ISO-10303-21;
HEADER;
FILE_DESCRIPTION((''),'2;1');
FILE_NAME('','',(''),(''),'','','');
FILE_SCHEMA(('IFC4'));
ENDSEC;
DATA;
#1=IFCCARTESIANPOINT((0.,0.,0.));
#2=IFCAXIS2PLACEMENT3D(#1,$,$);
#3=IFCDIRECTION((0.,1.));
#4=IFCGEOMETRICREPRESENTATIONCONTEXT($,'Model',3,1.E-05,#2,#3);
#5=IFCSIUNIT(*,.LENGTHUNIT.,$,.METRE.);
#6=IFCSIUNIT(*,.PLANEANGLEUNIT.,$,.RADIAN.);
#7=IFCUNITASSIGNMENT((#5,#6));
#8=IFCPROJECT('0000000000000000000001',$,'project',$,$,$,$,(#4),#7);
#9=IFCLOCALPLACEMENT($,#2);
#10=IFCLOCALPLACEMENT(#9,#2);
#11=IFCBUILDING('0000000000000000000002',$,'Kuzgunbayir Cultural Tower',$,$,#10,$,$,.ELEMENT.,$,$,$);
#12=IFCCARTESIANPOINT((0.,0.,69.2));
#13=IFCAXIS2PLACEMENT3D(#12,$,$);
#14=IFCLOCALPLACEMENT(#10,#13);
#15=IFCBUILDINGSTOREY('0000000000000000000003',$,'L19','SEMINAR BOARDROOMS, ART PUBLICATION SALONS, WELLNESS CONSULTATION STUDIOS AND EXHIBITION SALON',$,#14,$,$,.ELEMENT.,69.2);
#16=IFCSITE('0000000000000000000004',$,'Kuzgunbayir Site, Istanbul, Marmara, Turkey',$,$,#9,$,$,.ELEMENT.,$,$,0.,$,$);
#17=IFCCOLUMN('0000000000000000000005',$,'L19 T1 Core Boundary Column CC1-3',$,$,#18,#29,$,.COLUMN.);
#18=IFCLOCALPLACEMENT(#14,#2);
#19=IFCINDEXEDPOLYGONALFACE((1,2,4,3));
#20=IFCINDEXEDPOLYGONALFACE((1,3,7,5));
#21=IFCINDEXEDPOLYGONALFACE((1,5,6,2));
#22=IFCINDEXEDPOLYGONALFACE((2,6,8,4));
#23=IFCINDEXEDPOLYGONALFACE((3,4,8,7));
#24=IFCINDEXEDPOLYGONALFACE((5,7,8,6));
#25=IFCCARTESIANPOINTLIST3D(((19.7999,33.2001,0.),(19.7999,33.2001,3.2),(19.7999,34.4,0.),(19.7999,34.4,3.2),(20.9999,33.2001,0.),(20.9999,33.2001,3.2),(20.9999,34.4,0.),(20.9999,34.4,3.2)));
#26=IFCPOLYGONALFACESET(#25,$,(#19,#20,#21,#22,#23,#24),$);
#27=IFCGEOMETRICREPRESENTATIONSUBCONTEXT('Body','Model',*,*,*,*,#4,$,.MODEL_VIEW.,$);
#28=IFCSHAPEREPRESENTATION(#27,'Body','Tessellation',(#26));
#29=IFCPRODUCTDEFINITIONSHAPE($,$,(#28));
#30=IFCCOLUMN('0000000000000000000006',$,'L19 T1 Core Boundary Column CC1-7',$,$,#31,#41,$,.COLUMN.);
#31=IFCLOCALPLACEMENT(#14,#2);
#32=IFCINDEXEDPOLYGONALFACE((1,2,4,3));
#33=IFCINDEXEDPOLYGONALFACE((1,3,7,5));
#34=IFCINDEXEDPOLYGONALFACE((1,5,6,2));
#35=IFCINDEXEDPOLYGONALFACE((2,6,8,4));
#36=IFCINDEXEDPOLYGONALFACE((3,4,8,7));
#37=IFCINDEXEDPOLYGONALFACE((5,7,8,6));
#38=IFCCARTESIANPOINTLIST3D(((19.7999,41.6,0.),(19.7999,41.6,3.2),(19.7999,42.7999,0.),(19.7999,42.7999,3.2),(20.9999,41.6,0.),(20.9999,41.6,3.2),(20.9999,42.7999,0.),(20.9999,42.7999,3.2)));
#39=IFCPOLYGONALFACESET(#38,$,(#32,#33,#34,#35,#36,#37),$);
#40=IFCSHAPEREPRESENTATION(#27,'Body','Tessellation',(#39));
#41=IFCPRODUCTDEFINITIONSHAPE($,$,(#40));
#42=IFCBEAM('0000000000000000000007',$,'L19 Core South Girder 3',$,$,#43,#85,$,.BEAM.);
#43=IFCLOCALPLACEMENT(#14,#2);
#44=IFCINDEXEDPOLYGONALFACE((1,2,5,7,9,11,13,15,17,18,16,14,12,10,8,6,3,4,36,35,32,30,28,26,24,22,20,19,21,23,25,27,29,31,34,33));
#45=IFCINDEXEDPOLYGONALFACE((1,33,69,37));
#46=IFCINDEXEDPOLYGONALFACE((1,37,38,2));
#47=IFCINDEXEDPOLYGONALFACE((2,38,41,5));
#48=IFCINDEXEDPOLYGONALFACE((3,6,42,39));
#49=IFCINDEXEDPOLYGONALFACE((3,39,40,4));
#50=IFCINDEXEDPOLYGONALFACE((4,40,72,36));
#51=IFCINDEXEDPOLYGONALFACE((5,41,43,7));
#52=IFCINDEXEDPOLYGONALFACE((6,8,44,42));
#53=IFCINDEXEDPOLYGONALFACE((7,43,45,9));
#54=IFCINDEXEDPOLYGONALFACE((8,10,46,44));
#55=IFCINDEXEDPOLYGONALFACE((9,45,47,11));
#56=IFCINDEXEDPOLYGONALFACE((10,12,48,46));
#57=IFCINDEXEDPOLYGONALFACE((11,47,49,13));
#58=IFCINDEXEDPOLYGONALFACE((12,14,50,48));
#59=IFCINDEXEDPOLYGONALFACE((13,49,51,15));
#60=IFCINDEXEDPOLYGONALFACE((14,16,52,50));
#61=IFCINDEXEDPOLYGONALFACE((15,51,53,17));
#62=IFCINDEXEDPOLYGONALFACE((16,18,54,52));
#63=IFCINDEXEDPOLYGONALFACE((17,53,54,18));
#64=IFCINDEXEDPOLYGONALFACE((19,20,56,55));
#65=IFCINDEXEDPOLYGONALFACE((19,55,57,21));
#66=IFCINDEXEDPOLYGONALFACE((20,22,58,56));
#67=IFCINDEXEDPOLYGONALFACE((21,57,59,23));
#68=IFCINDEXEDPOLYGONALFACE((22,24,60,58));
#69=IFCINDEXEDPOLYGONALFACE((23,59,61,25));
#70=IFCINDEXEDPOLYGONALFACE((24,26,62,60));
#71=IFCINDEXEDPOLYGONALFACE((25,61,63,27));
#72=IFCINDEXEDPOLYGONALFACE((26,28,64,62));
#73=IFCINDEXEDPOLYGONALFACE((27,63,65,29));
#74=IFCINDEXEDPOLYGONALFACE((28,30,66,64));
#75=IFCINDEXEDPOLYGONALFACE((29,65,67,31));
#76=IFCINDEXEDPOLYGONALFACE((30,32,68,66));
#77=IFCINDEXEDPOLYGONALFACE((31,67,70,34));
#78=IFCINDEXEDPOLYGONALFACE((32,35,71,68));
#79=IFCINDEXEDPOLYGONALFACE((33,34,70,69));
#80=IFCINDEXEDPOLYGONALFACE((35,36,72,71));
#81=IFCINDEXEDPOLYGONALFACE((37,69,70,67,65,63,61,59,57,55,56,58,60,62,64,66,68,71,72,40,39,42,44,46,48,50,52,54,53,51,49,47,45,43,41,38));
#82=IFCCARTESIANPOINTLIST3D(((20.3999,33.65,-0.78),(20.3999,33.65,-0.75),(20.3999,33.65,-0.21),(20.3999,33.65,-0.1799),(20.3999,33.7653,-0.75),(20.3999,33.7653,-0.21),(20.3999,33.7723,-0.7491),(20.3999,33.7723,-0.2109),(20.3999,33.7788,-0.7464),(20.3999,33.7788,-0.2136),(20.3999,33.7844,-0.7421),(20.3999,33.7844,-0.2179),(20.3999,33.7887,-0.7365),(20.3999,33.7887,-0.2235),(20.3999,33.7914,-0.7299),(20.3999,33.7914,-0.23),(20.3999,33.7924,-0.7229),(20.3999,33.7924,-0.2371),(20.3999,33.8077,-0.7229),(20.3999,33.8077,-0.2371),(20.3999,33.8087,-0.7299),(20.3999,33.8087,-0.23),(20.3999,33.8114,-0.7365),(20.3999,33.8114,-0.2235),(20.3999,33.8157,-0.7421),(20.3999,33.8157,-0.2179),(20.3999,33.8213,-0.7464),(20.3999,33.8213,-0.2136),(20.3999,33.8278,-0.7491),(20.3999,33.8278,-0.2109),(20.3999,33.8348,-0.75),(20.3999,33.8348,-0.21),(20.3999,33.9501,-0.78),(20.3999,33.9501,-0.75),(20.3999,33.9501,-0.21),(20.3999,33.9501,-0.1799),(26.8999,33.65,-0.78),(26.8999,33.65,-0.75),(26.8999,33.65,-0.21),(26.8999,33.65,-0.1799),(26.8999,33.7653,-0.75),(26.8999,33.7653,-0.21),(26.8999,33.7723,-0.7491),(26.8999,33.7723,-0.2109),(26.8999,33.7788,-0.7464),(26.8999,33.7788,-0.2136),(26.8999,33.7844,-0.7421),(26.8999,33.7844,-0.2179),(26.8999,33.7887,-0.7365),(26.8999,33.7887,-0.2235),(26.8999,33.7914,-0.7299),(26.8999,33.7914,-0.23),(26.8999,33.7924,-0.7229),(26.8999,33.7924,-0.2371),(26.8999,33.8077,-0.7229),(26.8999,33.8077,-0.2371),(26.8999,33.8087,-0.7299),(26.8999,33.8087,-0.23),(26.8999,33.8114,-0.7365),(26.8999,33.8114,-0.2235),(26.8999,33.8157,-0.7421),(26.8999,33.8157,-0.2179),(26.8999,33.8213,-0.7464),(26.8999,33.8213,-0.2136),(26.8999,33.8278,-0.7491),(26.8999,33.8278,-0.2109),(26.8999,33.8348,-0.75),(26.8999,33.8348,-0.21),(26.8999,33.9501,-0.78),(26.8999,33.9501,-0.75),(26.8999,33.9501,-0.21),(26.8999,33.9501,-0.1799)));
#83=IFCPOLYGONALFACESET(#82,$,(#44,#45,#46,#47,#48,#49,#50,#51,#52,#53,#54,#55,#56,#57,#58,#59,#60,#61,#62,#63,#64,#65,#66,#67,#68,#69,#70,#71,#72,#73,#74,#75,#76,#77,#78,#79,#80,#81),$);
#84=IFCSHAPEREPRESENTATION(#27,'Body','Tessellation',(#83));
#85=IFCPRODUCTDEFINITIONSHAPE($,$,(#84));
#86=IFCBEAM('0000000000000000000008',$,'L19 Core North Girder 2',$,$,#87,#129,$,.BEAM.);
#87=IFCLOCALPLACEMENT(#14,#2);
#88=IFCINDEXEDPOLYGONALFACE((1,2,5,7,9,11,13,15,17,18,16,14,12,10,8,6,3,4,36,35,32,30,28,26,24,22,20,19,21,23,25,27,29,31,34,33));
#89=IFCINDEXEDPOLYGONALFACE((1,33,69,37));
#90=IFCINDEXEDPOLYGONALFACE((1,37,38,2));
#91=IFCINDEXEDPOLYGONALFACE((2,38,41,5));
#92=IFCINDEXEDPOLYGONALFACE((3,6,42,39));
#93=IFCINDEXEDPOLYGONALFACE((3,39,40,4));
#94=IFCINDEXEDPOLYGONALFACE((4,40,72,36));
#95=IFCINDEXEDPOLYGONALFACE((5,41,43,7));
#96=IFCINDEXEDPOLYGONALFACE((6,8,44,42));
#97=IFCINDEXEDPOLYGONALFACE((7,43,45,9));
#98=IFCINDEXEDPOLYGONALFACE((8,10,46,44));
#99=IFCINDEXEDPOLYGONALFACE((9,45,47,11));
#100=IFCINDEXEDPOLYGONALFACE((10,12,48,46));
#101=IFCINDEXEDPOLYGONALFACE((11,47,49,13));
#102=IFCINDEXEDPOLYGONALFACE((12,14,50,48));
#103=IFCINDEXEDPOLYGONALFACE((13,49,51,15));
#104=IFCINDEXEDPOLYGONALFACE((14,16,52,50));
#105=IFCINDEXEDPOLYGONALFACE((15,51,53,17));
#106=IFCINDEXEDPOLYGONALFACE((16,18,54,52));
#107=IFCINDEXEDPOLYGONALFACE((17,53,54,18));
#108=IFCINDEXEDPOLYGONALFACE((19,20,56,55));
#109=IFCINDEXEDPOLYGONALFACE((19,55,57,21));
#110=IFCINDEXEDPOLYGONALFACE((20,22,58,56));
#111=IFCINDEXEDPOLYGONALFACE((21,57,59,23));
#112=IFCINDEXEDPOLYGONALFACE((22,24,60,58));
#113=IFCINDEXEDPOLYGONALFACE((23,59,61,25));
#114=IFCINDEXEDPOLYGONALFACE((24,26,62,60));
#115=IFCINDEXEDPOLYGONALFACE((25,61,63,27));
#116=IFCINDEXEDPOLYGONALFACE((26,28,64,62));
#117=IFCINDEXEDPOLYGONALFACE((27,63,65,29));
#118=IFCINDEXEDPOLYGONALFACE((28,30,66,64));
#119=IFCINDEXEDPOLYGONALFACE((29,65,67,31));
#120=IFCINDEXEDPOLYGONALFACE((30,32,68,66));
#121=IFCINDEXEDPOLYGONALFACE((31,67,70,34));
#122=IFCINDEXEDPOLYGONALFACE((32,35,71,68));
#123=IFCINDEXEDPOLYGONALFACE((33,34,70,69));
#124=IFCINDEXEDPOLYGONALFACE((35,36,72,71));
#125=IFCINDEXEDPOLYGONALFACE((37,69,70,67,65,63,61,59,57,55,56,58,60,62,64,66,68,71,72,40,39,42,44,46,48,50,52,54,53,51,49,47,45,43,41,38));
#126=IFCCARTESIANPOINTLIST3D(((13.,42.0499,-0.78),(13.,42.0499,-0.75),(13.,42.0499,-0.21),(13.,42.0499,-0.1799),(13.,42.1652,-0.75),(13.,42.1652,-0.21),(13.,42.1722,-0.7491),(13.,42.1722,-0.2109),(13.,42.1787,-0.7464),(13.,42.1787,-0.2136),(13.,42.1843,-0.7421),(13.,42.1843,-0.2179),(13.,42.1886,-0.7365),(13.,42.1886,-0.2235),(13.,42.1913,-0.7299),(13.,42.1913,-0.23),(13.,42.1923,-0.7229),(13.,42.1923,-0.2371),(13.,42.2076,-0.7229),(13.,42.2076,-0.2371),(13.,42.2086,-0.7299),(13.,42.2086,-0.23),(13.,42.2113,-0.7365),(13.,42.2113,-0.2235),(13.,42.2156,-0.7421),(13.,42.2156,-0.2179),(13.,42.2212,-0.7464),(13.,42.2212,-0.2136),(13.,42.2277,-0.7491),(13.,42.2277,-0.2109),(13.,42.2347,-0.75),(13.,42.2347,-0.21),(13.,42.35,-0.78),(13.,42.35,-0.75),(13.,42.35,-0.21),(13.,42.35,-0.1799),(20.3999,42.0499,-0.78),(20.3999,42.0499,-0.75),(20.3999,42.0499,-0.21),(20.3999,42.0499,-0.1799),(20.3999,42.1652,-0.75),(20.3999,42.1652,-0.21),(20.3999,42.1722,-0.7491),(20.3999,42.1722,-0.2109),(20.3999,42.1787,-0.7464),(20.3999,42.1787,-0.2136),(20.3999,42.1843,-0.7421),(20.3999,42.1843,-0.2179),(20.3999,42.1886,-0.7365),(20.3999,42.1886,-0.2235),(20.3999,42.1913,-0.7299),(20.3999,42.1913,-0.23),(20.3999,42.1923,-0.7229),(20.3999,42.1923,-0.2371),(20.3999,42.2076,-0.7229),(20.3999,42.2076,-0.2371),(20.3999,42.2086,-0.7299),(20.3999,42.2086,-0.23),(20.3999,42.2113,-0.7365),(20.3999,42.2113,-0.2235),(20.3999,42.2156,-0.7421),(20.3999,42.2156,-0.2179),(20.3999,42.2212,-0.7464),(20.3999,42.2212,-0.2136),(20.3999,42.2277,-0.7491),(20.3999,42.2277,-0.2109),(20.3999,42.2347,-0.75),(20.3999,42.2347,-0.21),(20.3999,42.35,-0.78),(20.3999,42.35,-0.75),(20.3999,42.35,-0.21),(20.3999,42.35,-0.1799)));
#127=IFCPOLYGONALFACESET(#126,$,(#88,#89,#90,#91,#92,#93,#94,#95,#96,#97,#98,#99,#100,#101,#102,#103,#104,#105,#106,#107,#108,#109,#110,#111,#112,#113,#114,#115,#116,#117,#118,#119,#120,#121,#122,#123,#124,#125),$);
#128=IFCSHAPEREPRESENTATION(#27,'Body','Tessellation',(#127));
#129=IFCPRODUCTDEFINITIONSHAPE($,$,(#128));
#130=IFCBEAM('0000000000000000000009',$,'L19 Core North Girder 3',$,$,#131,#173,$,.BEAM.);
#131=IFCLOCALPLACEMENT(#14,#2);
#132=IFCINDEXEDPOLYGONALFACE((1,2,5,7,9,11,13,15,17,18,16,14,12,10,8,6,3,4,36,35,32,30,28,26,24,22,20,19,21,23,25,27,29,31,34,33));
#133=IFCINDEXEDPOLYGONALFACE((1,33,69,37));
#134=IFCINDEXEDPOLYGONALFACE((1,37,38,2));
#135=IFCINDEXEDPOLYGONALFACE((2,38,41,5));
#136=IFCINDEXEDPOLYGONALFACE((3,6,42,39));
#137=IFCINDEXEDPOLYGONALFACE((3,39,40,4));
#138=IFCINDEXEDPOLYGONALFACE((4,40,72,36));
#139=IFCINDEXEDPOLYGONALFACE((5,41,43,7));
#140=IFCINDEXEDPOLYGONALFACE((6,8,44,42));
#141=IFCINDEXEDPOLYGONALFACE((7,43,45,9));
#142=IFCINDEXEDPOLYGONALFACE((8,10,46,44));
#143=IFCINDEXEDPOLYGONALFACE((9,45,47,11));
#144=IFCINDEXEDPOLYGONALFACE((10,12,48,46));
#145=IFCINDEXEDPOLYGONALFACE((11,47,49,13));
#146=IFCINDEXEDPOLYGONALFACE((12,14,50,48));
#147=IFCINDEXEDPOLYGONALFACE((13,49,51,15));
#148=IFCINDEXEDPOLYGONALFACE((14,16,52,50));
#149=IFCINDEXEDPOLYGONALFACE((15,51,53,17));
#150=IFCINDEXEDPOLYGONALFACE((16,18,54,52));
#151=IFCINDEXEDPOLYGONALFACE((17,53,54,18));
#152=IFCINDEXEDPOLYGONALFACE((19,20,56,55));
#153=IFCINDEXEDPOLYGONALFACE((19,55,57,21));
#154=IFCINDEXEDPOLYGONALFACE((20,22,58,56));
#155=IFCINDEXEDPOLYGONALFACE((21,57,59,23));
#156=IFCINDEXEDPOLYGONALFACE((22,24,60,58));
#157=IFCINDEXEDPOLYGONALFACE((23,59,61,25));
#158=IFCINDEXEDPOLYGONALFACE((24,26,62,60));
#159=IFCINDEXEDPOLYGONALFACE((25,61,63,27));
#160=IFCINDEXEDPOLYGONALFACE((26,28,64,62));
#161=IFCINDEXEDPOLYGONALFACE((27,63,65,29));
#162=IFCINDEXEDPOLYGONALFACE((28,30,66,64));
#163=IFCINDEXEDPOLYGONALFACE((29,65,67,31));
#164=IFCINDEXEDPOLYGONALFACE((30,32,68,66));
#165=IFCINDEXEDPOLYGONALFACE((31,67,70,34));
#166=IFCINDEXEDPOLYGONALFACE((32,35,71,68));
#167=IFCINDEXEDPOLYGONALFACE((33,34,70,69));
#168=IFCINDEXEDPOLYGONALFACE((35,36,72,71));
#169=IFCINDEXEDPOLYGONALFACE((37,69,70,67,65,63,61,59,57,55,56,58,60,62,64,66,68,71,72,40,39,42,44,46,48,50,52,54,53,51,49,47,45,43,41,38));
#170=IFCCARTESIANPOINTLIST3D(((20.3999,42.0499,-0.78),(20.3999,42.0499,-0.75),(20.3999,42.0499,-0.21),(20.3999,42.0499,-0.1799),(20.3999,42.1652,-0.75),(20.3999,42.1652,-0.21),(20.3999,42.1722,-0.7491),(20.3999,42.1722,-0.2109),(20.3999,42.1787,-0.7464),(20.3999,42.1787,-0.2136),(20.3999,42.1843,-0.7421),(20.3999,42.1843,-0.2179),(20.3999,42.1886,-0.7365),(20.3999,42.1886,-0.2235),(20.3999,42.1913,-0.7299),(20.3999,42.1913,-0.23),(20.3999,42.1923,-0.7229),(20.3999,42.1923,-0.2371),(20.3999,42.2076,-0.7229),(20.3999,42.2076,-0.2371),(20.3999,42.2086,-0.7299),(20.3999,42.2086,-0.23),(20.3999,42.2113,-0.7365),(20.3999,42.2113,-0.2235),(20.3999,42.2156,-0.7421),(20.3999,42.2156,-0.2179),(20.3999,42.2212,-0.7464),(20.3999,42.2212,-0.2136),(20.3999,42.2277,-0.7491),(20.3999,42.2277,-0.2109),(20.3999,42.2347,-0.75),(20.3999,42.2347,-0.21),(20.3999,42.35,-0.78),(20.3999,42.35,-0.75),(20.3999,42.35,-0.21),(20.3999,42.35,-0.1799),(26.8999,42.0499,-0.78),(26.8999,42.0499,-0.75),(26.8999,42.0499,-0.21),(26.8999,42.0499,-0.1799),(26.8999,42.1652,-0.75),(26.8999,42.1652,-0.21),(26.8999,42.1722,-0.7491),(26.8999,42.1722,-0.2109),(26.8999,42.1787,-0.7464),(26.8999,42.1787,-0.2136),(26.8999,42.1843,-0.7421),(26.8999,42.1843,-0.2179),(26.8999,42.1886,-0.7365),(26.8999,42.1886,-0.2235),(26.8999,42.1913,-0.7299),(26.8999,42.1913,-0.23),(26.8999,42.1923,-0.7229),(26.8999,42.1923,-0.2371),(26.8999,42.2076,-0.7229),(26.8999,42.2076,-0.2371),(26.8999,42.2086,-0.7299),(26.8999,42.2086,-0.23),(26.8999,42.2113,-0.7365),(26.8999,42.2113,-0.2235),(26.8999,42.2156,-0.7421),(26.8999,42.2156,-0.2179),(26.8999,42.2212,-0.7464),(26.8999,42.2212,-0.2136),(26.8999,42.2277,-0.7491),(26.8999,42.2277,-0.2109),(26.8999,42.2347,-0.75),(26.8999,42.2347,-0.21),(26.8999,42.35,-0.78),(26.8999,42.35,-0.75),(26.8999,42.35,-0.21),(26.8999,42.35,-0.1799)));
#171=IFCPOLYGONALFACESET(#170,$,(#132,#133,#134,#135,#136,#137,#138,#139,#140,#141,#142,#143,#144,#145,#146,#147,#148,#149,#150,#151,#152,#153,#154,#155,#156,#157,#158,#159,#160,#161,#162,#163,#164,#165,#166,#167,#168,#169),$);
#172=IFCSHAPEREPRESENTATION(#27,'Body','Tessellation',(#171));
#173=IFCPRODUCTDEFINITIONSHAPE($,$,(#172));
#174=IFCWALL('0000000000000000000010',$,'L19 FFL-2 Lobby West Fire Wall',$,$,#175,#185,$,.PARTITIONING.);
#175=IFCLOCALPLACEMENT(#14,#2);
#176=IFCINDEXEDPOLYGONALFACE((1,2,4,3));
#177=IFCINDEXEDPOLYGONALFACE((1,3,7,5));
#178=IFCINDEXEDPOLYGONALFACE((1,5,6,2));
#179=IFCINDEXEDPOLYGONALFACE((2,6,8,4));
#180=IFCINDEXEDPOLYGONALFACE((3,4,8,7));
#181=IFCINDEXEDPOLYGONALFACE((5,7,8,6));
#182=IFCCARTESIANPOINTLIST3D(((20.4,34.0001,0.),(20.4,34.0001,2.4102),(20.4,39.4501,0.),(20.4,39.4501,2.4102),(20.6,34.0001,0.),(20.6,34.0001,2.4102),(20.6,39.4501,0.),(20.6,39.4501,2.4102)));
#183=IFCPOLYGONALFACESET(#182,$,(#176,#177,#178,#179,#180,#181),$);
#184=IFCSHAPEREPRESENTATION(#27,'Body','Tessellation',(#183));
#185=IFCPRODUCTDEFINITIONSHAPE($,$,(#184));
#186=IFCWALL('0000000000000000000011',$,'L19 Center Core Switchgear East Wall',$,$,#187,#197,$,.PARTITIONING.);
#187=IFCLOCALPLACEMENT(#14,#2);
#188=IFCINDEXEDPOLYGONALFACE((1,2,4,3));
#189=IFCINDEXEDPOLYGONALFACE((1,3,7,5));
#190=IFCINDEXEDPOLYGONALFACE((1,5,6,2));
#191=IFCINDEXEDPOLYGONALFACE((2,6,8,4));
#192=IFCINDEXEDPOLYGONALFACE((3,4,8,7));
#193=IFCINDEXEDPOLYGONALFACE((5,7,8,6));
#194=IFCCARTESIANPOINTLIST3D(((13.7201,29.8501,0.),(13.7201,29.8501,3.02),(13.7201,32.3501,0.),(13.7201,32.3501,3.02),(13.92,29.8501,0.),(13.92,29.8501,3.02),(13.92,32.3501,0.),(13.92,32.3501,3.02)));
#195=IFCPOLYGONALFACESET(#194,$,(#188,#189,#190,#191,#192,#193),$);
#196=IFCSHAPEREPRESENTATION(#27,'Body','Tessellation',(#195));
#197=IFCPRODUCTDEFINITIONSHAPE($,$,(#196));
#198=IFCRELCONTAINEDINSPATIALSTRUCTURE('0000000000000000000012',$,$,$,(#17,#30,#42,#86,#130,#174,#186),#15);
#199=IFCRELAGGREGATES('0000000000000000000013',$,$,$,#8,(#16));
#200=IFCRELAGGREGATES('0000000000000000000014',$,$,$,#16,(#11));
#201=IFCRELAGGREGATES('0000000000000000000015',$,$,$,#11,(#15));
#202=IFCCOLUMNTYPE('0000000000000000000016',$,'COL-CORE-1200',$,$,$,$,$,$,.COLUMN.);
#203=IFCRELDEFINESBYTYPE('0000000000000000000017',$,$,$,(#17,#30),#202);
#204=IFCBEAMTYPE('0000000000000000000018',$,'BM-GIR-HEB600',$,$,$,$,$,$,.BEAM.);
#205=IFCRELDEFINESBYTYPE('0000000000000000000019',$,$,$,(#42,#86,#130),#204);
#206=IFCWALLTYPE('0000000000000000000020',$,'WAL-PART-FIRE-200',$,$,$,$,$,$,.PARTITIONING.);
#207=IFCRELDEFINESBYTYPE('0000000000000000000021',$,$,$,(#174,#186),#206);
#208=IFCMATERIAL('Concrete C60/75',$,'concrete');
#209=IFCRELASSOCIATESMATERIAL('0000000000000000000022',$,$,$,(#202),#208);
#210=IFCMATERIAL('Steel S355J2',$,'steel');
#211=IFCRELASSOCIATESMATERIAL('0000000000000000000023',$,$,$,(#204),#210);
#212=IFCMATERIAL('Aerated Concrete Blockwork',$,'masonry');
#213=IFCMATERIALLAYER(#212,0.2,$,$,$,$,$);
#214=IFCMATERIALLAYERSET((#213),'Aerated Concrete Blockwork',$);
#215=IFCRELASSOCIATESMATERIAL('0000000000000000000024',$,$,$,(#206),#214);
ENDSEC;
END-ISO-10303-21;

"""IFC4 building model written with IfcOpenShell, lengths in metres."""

from ifc_helpers import new_model, si_unit, direction, frame, frame_2d, origin, origin_2d, place, context, subcontext, project, spatial, rectangle, i_section, extrude, material, layer, layer_set, material_profile, profile_set, type_object, element, save


model = new_model("IFC4")

# Units and contexts
model_context = context("Model", 3, precision=1e-05, world=origin(), true_north=direction((0.0, 1.0)))
body_context = subcontext(model_context, "Body", "Model", "MODEL_VIEW")
ifc_project = project(units=[si_unit("LENGTHUNIT", "METRE"), si_unit("PLANEANGLEUNIT", "RADIAN")], contexts=[model_context])

# Site, building, storey
site_placement = place(None, origin())
site = spatial("IfcSite", under=ifc_project, at=site_placement, Name="Kuzgunbayir Site, Istanbul, Marmara, Turkey", CompositionType="ELEMENT", RefElevation=0.0)
building_placement = place(site_placement, origin())
building = spatial("IfcBuilding", under=site, at=building_placement, Name="Kuzgunbayir Cultural Tower", CompositionType="ELEMENT")
storey_placement = place(building_placement, frame((0.0, 0.0, 69.2)))
storey = spatial("IfcBuildingStorey", under=building, at=storey_placement, Name="L19", Description="SEMINAR BOARDROOMS, ART PUBLICATION SALONS, WELLNESS CONSULTATION STUDIOS AND EXHIBITION SALON", CompositionType="ELEMENT", Elevation=69.2)

# Columns
ifc_material_1 = material(Name="Concrete C60/75", Category="concrete")
ifc_material_profile_1 = material_profile(ifc_material_1, rectangle(XDim=1.2, YDim=1.2, at=origin_2d()), Name="RC 1200x1200")
ifc_profile_set_1 = profile_set([ifc_material_profile_1], Name="Concrete C60/75")
column_type = type_object("IfcColumnType", Name="COL-CORE-1200", PredefinedType="COLUMN", material=ifc_profile_set_1)
for number, where, z_axis, x_axis, name in (
    (1, (20.3999, 33.8, 0.0), (0.0, 0.0, 1.0), (1.0, 0.0, 0.0), "L19 T1 Core Boundary Column CC1-3"),
    (2, (20.3999, 42.2, 0.0), (0.0, 0.0, 1.0), (1.0, 0.0, 0.0), "L19 T1 Core Boundary Column CC1-7"),
):
    element("IfcColumn", number, at=place(storey_placement, frame(where, z_axis=z_axis, x_axis=x_axis)), inside=storey, type_object=column_type, Name=name, PredefinedType="COLUMN", context=body_context, shape_type="SweptSolid", body=[
        extrude(rectangle(XDim=1.2, YDim=1.2, at=origin_2d()), origin(), (0.0, 0.0, 1.0), 3.2),
    ])

# Beams
ifc_material_2 = material(Name="Steel S355J2", Category="steel")
ifc_material_profile_2 = material_profile(ifc_material_2, i_section(OverallWidth=0.3, OverallDepth=0.6001, WebThickness=0.0154, FlangeThickness=0.03, FilletRadius=0.0271, at=origin_2d()), Name="HEB 600")
ifc_profile_set_2 = profile_set([ifc_material_profile_2], Name="Steel S355J2")
beam_type = type_object("IfcBeamType", Name="BM-GIR-HEB600", PredefinedType="BEAM", material=ifc_profile_set_2)
beam_1_placement = place(storey_placement, frame((20.3999, 33.8, -0.48), z_axis=(1.0, 0.0, 0.0), x_axis=(0.0, 1.0, 0.0)))
element("IfcBeam", 3, at=beam_1_placement, inside=storey, type_object=beam_type, Name="L19 Core South Girder 3", PredefinedType="BEAM", context=body_context, shape_type="SweptSolid", body=[
    extrude(i_section(OverallWidth=0.3, OverallDepth=0.6001, WebThickness=0.0154, FlangeThickness=0.03, FilletRadius=0.0271, at=origin_2d()), origin(), (0.0, 0.0, 1.0), 6.5),
])
beam_2_placement = place(storey_placement, frame((13.0, 42.2, -0.48), z_axis=(1.0, 0.0, 0.0), x_axis=(0.0, 1.0, 0.0)))
element("IfcBeam", 4, at=beam_2_placement, inside=storey, type_object=beam_type, Name="L19 Core North Girder 2", PredefinedType="BEAM", context=body_context, shape_type="SweptSolid", body=[
    extrude(i_section(OverallWidth=0.3, OverallDepth=0.6001, WebThickness=0.0154, FlangeThickness=0.03, FilletRadius=0.0271, at=origin_2d()), origin(), (0.0, 0.0, 1.0), 7.3999),
])
beam_3_placement = place(storey_placement, frame((20.3999, 42.2, -0.48), z_axis=(1.0, 0.0, 0.0), x_axis=(0.0, 1.0, 0.0)))
element("IfcBeam", 5, at=beam_3_placement, inside=storey, type_object=beam_type, Name="L19 Core North Girder 3", PredefinedType="BEAM", context=body_context, shape_type="SweptSolid", body=[
    extrude(i_section(OverallWidth=0.3, OverallDepth=0.6001, WebThickness=0.0154, FlangeThickness=0.03, FilletRadius=0.0271, at=origin_2d()), origin(), (0.0, 0.0, 1.0), 6.5),
])

# Wall
ifc_material_3 = material(Name="Aerated Concrete Blockwork", Category="masonry")
ifc_layer_1 = layer(ifc_material_3, 0.2)
ifc_layer_set_1 = layer_set([ifc_layer_1], Name="Aerated Concrete Blockwork")
wall_type_1 = type_object("IfcWallType", Name="WAL-PART-FIRE-200", PredefinedType="PARTITIONING", material=ifc_layer_set_1)
wall_1_placement = place(storey_placement, frame((20.5, 34.0, 0.0), z_axis=(0.0, 0.0, 1.0), x_axis=(0.0, 1.0, 0.0)))
element("IfcWall", 6, at=wall_1_placement, inside=storey, type_object=wall_type_1, Name="L19 FFL-2 Lobby West Fire Wall", PredefinedType="PARTITIONING", context=body_context, shape_type="SweptSolid", body=[
    extrude(rectangle(XDim=5.45, YDim=0.2, at=frame_2d((2.7251, 0.0))), origin(), (0.0, 0.0, 1.0), 2.4102),
])

# Wall
wall_2_placement = place(storey_placement, frame((13.8201, 29.8501, 0.0), z_axis=(0.0, 0.0, 1.0), x_axis=(0.0, 1.0, 0.0)))
element("IfcWall", 7, at=wall_2_placement, inside=storey, type_object=wall_type_1, Name="L19 Center Core Switchgear East Wall", PredefinedType="PARTITIONING", context=body_context, shape_type="SweptSolid", body=[
    extrude(rectangle(XDim=2.5, YDim=0.2, at=frame_2d((1.25, 0.0))), origin(), (0.0, 0.0, 1.0), 3.02),
])

save(model, "model.ifc")
